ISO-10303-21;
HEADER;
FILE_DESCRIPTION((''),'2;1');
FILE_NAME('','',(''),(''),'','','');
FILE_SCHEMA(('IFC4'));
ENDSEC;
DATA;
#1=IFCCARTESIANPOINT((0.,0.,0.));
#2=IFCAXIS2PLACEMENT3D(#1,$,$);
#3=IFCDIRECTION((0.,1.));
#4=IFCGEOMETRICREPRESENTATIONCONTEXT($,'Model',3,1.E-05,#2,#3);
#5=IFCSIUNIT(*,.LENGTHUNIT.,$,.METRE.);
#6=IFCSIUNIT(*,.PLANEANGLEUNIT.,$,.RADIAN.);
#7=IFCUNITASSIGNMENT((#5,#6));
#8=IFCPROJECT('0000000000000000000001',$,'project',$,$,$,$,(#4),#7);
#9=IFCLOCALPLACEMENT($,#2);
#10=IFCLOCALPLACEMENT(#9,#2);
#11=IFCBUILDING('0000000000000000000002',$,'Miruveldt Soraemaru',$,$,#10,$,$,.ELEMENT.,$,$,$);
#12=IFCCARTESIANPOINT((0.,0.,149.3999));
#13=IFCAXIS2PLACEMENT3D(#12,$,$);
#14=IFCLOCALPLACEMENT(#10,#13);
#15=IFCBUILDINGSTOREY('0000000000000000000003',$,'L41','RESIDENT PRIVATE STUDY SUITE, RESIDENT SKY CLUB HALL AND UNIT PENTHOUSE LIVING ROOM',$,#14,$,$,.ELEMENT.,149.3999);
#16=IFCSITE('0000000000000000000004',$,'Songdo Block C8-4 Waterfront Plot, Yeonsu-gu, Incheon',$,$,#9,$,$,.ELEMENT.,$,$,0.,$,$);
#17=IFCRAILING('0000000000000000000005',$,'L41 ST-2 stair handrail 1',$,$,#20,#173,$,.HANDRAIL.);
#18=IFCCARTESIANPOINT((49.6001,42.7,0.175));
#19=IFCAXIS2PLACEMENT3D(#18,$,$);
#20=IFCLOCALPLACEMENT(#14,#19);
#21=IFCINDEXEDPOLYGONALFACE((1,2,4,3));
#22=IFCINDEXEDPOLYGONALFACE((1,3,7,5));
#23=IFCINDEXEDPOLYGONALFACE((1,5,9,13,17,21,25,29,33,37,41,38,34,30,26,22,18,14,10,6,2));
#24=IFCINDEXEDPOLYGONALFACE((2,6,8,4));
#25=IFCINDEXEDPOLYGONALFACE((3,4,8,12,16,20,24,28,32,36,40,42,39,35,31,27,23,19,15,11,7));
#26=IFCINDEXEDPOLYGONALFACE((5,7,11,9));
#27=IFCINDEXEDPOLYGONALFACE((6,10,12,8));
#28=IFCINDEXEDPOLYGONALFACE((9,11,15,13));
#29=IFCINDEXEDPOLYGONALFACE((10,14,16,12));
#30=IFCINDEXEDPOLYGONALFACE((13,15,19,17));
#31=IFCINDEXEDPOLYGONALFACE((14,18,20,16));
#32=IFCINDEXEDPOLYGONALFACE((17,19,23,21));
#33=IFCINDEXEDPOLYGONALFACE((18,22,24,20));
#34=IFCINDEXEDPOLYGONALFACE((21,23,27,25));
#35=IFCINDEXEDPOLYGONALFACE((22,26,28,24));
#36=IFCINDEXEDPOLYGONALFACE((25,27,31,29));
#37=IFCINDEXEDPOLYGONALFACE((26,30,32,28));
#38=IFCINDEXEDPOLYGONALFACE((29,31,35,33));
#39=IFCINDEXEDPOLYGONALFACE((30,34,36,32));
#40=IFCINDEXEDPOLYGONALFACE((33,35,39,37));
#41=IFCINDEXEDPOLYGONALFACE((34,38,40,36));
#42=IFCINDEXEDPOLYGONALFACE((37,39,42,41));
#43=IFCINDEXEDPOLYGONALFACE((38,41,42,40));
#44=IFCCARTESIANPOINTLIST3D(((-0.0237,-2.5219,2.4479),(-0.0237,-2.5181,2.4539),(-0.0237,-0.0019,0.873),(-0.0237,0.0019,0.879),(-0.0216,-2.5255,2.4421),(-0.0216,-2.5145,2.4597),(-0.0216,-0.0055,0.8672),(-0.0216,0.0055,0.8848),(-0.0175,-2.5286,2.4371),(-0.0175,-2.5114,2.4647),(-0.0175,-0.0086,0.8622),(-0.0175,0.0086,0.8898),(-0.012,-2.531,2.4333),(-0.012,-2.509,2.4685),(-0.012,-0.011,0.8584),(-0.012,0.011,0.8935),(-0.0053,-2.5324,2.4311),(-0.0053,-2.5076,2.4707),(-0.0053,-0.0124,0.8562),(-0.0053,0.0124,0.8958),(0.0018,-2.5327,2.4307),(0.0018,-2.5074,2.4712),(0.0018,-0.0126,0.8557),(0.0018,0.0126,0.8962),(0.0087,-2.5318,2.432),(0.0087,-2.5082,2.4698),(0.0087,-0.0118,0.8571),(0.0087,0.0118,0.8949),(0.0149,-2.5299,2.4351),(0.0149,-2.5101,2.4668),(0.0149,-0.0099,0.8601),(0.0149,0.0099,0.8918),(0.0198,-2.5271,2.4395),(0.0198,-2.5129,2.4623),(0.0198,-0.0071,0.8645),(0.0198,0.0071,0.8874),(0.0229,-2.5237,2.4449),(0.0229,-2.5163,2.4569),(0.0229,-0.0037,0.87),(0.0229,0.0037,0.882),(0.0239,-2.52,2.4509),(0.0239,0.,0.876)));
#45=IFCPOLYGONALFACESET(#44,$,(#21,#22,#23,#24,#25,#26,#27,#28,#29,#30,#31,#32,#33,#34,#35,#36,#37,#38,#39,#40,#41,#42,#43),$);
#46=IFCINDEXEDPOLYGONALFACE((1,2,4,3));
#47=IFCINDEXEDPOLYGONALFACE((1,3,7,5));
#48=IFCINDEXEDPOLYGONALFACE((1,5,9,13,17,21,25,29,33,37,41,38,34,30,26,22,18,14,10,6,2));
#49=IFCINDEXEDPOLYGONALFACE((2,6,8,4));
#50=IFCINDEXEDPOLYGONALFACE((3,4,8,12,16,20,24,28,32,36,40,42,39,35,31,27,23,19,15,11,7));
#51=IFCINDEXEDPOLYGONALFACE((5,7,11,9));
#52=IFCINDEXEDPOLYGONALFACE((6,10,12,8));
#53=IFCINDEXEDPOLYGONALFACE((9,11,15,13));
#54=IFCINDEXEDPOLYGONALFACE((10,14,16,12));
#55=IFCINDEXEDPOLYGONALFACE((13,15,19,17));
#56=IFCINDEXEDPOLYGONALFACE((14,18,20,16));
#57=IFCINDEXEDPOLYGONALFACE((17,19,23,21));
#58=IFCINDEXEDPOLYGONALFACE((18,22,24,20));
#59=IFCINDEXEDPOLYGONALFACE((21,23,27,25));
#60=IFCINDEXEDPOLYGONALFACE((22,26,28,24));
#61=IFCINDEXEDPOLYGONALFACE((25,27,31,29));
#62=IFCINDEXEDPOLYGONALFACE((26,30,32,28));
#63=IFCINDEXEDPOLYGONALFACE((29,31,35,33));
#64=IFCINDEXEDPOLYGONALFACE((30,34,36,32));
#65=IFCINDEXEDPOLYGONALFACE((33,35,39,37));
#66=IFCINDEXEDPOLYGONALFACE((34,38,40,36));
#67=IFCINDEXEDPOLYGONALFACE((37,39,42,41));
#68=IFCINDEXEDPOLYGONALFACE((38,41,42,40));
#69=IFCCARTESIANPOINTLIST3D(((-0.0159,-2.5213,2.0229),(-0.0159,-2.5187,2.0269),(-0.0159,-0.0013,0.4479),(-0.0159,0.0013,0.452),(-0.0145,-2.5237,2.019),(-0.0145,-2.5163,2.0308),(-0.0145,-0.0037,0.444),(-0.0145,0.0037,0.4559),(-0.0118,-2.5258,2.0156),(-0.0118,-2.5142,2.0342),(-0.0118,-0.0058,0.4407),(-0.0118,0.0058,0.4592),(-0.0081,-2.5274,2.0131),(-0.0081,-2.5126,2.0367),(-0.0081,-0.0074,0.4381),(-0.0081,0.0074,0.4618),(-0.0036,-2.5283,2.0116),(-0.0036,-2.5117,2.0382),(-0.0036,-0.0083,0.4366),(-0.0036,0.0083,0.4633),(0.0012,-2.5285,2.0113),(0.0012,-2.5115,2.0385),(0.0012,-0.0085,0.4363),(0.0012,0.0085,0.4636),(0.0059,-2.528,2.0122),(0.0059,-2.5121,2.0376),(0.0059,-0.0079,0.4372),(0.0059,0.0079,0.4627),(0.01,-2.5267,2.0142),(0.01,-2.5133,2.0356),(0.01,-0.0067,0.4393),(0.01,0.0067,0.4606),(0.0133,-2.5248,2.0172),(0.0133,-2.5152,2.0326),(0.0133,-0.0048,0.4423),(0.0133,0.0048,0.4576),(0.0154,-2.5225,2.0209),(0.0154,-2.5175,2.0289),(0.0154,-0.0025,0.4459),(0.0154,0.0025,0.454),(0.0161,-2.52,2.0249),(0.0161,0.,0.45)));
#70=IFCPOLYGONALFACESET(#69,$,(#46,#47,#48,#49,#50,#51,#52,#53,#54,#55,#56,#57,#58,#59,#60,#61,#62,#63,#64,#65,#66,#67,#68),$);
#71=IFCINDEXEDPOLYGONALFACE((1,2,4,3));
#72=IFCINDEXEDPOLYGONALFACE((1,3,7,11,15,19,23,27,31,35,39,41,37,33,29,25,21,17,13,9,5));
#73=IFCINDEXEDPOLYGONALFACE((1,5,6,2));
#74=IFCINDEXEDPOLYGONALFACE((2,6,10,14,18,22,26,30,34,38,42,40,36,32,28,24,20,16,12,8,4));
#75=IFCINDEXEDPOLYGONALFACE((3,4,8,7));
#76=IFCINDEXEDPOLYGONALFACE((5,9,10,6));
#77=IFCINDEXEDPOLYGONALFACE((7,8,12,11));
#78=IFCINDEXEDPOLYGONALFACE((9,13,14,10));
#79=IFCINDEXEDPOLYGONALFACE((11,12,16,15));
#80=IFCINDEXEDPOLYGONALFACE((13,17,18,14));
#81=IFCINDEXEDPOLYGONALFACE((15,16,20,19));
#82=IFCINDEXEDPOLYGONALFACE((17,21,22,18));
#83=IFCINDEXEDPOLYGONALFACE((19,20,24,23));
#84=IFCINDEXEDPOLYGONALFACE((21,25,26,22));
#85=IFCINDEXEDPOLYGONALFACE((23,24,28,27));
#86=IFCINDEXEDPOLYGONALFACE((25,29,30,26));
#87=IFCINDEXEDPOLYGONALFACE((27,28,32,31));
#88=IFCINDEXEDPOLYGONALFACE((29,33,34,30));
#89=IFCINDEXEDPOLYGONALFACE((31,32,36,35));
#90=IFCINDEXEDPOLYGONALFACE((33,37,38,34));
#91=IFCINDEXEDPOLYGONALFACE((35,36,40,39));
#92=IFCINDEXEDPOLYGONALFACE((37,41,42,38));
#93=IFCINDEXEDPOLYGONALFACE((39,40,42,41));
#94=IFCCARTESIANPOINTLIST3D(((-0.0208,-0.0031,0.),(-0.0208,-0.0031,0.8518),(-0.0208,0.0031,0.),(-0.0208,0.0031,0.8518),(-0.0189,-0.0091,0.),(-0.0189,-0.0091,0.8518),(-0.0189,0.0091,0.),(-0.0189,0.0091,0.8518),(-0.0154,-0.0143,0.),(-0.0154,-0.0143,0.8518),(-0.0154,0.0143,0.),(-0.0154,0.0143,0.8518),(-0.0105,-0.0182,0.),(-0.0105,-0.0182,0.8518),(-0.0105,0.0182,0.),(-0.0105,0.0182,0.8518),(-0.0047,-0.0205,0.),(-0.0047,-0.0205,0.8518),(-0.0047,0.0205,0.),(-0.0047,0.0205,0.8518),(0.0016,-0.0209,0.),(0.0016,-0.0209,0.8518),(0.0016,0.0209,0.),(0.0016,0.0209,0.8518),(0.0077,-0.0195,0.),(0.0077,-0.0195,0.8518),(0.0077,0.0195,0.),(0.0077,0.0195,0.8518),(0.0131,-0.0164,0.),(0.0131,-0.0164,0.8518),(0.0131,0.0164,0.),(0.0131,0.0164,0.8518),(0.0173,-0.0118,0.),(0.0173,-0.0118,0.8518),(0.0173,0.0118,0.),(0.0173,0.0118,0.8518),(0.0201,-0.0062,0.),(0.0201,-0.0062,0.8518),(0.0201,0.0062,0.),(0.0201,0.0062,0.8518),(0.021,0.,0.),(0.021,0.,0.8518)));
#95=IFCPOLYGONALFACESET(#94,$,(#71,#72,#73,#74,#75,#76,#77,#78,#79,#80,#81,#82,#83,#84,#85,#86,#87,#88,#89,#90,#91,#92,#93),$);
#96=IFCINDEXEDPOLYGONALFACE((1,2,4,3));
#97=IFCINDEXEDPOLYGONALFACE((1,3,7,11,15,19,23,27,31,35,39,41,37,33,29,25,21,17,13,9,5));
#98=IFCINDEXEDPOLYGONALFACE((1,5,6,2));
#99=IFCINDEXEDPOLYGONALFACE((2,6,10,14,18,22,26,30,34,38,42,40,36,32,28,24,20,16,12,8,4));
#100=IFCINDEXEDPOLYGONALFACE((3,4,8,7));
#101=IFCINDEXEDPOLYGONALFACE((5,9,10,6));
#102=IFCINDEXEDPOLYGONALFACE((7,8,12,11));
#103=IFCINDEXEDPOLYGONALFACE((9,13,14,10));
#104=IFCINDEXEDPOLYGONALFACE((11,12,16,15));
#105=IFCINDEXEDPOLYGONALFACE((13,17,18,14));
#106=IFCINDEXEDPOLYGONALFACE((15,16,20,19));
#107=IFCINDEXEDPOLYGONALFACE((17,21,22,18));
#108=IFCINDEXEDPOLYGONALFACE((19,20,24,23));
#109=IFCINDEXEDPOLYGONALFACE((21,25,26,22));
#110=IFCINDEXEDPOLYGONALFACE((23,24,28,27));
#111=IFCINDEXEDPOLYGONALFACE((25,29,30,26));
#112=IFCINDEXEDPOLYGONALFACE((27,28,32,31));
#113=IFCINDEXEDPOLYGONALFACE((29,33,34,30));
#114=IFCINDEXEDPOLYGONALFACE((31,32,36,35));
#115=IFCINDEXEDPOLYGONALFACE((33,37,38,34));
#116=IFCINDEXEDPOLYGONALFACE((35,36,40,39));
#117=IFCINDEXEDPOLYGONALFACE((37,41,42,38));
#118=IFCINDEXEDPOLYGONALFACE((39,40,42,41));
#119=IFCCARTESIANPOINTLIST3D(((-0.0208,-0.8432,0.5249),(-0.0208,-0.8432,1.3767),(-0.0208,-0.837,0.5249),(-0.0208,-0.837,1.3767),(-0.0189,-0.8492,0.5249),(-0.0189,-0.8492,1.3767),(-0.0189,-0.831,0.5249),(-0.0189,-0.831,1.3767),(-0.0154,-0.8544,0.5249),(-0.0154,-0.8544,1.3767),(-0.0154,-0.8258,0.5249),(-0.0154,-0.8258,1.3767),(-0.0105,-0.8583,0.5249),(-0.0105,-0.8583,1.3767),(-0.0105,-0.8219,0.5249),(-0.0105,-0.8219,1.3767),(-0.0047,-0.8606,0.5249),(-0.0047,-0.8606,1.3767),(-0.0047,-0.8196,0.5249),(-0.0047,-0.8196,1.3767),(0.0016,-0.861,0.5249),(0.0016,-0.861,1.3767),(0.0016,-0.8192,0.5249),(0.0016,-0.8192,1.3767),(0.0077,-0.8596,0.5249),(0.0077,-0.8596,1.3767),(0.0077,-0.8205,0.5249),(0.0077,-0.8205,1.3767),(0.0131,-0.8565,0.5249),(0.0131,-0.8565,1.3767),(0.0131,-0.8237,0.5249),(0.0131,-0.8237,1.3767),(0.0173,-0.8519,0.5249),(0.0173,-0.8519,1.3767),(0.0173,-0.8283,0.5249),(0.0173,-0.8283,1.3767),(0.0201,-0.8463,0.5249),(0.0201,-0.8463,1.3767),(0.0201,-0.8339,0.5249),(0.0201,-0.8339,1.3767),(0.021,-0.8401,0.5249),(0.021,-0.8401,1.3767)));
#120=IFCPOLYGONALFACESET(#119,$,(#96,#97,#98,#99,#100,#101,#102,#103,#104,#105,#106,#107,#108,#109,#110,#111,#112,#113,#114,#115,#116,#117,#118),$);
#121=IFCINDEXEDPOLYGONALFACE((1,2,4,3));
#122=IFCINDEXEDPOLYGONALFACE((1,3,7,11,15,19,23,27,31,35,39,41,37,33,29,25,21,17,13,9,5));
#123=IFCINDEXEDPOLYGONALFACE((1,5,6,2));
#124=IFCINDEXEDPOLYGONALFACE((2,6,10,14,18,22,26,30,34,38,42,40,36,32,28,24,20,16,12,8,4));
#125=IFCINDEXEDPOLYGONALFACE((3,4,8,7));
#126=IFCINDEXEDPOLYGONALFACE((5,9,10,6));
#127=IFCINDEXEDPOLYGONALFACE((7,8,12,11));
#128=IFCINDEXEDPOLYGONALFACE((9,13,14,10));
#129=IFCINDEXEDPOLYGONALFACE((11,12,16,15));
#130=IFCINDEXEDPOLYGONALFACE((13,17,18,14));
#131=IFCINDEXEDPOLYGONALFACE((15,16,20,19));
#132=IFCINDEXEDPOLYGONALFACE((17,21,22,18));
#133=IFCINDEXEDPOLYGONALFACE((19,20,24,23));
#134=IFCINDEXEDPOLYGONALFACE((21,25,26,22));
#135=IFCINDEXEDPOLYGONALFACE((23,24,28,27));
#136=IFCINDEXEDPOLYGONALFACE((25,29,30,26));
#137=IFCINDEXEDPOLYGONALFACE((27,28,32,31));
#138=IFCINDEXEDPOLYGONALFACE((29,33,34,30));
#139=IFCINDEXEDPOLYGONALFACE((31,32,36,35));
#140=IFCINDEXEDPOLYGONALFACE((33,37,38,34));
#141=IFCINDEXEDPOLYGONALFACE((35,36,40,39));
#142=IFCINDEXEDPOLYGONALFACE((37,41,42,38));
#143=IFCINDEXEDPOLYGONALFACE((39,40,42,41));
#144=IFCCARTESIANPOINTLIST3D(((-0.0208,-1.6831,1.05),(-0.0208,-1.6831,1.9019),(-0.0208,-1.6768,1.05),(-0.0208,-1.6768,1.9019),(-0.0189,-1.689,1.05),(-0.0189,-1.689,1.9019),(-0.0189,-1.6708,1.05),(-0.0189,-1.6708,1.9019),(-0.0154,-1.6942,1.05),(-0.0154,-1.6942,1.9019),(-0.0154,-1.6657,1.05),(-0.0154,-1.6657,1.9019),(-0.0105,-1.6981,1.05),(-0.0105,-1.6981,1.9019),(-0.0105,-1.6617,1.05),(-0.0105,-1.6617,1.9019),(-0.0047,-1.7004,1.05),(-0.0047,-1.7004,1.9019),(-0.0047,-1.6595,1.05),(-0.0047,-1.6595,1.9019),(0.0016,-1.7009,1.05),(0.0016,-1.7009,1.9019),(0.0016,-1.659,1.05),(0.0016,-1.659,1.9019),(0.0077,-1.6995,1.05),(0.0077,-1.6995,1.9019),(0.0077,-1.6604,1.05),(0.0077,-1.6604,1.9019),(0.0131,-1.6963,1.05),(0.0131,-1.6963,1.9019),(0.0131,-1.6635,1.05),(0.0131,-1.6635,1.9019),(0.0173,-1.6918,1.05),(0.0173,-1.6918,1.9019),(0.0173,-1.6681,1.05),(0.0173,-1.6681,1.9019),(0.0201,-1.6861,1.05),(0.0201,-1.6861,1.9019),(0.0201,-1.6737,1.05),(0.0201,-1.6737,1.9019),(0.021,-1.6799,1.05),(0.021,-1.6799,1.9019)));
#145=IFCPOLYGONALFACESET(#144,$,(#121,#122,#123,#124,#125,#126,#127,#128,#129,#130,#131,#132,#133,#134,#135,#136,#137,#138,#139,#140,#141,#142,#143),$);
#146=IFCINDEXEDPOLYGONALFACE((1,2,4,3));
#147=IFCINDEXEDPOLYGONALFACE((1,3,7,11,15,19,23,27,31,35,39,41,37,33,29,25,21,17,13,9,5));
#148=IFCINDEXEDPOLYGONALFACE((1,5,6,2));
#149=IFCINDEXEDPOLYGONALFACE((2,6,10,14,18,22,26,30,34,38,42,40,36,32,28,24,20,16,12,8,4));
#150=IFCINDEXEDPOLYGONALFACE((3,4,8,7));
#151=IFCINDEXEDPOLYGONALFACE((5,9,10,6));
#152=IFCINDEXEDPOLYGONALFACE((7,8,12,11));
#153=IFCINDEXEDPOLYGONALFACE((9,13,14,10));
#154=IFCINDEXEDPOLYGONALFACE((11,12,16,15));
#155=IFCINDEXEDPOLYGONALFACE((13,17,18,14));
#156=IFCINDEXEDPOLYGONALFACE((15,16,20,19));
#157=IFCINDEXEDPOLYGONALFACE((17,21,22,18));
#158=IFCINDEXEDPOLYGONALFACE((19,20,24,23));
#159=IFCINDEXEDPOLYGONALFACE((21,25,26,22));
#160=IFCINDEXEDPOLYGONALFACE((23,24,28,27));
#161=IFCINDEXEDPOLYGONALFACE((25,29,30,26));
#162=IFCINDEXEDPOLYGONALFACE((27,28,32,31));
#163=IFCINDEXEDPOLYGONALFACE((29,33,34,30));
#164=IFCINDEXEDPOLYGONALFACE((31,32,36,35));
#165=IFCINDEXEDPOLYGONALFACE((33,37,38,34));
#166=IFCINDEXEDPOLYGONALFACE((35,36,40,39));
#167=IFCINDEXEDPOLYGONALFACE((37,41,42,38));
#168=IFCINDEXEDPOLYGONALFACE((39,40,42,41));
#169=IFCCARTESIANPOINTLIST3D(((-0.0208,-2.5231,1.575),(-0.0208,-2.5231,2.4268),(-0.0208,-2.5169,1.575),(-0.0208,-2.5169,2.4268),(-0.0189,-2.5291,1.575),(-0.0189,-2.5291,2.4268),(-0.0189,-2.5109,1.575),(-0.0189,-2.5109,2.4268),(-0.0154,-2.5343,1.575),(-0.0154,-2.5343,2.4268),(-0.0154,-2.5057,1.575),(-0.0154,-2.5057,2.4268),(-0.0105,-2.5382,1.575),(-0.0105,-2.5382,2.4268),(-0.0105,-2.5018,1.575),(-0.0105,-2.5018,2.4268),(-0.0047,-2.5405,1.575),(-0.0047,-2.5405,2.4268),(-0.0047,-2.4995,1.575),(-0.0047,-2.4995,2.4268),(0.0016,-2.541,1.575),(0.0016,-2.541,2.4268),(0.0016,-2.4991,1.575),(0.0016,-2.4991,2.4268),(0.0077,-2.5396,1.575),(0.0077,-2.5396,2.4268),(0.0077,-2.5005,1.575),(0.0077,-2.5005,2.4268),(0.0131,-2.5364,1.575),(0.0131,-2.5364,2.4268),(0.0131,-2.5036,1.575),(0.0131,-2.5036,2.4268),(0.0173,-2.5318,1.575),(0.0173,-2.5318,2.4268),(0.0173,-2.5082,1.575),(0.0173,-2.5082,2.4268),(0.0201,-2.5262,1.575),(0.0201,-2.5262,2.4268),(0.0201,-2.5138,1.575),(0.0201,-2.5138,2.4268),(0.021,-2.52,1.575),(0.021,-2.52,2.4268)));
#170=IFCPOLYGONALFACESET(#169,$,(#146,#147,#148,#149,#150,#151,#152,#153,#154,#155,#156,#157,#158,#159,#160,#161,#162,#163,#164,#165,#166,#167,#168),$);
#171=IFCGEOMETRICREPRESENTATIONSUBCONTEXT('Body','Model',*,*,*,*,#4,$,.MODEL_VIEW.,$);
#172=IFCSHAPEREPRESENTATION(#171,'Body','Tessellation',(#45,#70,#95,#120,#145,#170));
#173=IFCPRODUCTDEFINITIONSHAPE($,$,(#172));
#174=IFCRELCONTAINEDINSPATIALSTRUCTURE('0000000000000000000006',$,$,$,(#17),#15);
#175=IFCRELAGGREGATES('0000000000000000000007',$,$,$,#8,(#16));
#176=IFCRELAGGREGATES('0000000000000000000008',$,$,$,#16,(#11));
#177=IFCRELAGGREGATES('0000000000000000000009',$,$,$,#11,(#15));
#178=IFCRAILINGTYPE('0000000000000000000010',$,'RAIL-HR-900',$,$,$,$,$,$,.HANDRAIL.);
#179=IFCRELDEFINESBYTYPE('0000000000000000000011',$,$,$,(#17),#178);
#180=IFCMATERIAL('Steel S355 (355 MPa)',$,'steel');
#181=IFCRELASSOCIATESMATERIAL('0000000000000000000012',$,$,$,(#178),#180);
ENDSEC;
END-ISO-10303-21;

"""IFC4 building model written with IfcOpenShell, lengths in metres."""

from ifc_helpers import new_model, si_unit, direction, frame, origin, origin_2d, place, context, subcontext, project, spatial, circle, extrude, material, type_object, element, save


model = new_model("IFC4")

# Units and contexts
model_context = context("Model", 3, precision=1e-05, world=origin(), true_north=direction((0.0, 1.0)))
body_context = subcontext(model_context, "Body", "Model", "MODEL_VIEW")
ifc_project = project(units=[si_unit("LENGTHUNIT", "METRE"), si_unit("PLANEANGLEUNIT", "RADIAN")], contexts=[model_context])

# Site, building, storey
site_placement = place(None, origin())
site = spatial("IfcSite", under=ifc_project, at=site_placement, Name="Songdo Block C8-4 Waterfront Plot, Yeonsu-gu, Incheon", CompositionType="ELEMENT", RefElevation=0.0)
building_placement = place(site_placement, origin())
building = spatial("IfcBuilding", under=site, at=building_placement, Name="Miruveldt Soraemaru", CompositionType="ELEMENT")
storey_placement = place(building_placement, frame((0.0, 0.0, 149.3999)))
storey = spatial("IfcBuildingStorey", under=building, at=storey_placement, Name="L41", Description="RESIDENT PRIVATE STUDY SUITE, RESIDENT SKY CLUB HALL AND UNIT PENTHOUSE LIVING ROOM", CompositionType="ELEMENT", Elevation=149.3999)

# Railing
ifc_material_1 = material(Name="Steel S355 (355 MPa)", Category="steel")
railing_type_1 = type_object("IfcRailingType", Name="RAIL-HR-900", PredefinedType="HANDRAIL", material=ifc_material_1)
railing_1_placement = place(storey_placement, frame((49.6001, 42.7, 0.175)))
element("IfcRailing", 1, at=railing_1_placement, inside=storey, type_object=railing_type_1, Name="L41 ST-2 stair handrail 1", PredefinedType="HANDRAIL", context=body_context, shape_type="SweptSolid", body=[
    extrude(circle(Radius=0.0239, at=origin_2d()), frame((0.0, 0.0, 0.876), z_axis=(0.0, -0.848008, 0.529984), x_axis=(1.0, 0.0, 0.0)), (0.0, 0.0, 1.0), 2.9717),
    extrude(circle(Radius=0.0161, at=origin_2d()), frame((0.0, 0.0, 0.45), z_axis=(0.0, -0.848008, 0.529984), x_axis=(1.0, 0.0, 0.0)), (0.0, 0.0, 1.0), 2.9717),
    extrude(circle(Radius=0.021, at=origin_2d()), origin(), (0.0, 0.0, 1.0), 0.8518),
    extrude(circle(Radius=0.021, at=origin_2d()), frame((0.0, -0.8401, 0.5249)), (0.0, 0.0, 1.0), 0.8518),
    extrude(circle(Radius=0.021, at=origin_2d()), frame((0.0, -1.6799, 1.05)), (0.0, 0.0, 1.0), 0.8518),
    extrude(circle(Radius=0.021, at=origin_2d()), frame((0.0, -2.52, 1.575)), (0.0, 0.0, 1.0), 0.8518),
])

save(model, "model.ifc")
